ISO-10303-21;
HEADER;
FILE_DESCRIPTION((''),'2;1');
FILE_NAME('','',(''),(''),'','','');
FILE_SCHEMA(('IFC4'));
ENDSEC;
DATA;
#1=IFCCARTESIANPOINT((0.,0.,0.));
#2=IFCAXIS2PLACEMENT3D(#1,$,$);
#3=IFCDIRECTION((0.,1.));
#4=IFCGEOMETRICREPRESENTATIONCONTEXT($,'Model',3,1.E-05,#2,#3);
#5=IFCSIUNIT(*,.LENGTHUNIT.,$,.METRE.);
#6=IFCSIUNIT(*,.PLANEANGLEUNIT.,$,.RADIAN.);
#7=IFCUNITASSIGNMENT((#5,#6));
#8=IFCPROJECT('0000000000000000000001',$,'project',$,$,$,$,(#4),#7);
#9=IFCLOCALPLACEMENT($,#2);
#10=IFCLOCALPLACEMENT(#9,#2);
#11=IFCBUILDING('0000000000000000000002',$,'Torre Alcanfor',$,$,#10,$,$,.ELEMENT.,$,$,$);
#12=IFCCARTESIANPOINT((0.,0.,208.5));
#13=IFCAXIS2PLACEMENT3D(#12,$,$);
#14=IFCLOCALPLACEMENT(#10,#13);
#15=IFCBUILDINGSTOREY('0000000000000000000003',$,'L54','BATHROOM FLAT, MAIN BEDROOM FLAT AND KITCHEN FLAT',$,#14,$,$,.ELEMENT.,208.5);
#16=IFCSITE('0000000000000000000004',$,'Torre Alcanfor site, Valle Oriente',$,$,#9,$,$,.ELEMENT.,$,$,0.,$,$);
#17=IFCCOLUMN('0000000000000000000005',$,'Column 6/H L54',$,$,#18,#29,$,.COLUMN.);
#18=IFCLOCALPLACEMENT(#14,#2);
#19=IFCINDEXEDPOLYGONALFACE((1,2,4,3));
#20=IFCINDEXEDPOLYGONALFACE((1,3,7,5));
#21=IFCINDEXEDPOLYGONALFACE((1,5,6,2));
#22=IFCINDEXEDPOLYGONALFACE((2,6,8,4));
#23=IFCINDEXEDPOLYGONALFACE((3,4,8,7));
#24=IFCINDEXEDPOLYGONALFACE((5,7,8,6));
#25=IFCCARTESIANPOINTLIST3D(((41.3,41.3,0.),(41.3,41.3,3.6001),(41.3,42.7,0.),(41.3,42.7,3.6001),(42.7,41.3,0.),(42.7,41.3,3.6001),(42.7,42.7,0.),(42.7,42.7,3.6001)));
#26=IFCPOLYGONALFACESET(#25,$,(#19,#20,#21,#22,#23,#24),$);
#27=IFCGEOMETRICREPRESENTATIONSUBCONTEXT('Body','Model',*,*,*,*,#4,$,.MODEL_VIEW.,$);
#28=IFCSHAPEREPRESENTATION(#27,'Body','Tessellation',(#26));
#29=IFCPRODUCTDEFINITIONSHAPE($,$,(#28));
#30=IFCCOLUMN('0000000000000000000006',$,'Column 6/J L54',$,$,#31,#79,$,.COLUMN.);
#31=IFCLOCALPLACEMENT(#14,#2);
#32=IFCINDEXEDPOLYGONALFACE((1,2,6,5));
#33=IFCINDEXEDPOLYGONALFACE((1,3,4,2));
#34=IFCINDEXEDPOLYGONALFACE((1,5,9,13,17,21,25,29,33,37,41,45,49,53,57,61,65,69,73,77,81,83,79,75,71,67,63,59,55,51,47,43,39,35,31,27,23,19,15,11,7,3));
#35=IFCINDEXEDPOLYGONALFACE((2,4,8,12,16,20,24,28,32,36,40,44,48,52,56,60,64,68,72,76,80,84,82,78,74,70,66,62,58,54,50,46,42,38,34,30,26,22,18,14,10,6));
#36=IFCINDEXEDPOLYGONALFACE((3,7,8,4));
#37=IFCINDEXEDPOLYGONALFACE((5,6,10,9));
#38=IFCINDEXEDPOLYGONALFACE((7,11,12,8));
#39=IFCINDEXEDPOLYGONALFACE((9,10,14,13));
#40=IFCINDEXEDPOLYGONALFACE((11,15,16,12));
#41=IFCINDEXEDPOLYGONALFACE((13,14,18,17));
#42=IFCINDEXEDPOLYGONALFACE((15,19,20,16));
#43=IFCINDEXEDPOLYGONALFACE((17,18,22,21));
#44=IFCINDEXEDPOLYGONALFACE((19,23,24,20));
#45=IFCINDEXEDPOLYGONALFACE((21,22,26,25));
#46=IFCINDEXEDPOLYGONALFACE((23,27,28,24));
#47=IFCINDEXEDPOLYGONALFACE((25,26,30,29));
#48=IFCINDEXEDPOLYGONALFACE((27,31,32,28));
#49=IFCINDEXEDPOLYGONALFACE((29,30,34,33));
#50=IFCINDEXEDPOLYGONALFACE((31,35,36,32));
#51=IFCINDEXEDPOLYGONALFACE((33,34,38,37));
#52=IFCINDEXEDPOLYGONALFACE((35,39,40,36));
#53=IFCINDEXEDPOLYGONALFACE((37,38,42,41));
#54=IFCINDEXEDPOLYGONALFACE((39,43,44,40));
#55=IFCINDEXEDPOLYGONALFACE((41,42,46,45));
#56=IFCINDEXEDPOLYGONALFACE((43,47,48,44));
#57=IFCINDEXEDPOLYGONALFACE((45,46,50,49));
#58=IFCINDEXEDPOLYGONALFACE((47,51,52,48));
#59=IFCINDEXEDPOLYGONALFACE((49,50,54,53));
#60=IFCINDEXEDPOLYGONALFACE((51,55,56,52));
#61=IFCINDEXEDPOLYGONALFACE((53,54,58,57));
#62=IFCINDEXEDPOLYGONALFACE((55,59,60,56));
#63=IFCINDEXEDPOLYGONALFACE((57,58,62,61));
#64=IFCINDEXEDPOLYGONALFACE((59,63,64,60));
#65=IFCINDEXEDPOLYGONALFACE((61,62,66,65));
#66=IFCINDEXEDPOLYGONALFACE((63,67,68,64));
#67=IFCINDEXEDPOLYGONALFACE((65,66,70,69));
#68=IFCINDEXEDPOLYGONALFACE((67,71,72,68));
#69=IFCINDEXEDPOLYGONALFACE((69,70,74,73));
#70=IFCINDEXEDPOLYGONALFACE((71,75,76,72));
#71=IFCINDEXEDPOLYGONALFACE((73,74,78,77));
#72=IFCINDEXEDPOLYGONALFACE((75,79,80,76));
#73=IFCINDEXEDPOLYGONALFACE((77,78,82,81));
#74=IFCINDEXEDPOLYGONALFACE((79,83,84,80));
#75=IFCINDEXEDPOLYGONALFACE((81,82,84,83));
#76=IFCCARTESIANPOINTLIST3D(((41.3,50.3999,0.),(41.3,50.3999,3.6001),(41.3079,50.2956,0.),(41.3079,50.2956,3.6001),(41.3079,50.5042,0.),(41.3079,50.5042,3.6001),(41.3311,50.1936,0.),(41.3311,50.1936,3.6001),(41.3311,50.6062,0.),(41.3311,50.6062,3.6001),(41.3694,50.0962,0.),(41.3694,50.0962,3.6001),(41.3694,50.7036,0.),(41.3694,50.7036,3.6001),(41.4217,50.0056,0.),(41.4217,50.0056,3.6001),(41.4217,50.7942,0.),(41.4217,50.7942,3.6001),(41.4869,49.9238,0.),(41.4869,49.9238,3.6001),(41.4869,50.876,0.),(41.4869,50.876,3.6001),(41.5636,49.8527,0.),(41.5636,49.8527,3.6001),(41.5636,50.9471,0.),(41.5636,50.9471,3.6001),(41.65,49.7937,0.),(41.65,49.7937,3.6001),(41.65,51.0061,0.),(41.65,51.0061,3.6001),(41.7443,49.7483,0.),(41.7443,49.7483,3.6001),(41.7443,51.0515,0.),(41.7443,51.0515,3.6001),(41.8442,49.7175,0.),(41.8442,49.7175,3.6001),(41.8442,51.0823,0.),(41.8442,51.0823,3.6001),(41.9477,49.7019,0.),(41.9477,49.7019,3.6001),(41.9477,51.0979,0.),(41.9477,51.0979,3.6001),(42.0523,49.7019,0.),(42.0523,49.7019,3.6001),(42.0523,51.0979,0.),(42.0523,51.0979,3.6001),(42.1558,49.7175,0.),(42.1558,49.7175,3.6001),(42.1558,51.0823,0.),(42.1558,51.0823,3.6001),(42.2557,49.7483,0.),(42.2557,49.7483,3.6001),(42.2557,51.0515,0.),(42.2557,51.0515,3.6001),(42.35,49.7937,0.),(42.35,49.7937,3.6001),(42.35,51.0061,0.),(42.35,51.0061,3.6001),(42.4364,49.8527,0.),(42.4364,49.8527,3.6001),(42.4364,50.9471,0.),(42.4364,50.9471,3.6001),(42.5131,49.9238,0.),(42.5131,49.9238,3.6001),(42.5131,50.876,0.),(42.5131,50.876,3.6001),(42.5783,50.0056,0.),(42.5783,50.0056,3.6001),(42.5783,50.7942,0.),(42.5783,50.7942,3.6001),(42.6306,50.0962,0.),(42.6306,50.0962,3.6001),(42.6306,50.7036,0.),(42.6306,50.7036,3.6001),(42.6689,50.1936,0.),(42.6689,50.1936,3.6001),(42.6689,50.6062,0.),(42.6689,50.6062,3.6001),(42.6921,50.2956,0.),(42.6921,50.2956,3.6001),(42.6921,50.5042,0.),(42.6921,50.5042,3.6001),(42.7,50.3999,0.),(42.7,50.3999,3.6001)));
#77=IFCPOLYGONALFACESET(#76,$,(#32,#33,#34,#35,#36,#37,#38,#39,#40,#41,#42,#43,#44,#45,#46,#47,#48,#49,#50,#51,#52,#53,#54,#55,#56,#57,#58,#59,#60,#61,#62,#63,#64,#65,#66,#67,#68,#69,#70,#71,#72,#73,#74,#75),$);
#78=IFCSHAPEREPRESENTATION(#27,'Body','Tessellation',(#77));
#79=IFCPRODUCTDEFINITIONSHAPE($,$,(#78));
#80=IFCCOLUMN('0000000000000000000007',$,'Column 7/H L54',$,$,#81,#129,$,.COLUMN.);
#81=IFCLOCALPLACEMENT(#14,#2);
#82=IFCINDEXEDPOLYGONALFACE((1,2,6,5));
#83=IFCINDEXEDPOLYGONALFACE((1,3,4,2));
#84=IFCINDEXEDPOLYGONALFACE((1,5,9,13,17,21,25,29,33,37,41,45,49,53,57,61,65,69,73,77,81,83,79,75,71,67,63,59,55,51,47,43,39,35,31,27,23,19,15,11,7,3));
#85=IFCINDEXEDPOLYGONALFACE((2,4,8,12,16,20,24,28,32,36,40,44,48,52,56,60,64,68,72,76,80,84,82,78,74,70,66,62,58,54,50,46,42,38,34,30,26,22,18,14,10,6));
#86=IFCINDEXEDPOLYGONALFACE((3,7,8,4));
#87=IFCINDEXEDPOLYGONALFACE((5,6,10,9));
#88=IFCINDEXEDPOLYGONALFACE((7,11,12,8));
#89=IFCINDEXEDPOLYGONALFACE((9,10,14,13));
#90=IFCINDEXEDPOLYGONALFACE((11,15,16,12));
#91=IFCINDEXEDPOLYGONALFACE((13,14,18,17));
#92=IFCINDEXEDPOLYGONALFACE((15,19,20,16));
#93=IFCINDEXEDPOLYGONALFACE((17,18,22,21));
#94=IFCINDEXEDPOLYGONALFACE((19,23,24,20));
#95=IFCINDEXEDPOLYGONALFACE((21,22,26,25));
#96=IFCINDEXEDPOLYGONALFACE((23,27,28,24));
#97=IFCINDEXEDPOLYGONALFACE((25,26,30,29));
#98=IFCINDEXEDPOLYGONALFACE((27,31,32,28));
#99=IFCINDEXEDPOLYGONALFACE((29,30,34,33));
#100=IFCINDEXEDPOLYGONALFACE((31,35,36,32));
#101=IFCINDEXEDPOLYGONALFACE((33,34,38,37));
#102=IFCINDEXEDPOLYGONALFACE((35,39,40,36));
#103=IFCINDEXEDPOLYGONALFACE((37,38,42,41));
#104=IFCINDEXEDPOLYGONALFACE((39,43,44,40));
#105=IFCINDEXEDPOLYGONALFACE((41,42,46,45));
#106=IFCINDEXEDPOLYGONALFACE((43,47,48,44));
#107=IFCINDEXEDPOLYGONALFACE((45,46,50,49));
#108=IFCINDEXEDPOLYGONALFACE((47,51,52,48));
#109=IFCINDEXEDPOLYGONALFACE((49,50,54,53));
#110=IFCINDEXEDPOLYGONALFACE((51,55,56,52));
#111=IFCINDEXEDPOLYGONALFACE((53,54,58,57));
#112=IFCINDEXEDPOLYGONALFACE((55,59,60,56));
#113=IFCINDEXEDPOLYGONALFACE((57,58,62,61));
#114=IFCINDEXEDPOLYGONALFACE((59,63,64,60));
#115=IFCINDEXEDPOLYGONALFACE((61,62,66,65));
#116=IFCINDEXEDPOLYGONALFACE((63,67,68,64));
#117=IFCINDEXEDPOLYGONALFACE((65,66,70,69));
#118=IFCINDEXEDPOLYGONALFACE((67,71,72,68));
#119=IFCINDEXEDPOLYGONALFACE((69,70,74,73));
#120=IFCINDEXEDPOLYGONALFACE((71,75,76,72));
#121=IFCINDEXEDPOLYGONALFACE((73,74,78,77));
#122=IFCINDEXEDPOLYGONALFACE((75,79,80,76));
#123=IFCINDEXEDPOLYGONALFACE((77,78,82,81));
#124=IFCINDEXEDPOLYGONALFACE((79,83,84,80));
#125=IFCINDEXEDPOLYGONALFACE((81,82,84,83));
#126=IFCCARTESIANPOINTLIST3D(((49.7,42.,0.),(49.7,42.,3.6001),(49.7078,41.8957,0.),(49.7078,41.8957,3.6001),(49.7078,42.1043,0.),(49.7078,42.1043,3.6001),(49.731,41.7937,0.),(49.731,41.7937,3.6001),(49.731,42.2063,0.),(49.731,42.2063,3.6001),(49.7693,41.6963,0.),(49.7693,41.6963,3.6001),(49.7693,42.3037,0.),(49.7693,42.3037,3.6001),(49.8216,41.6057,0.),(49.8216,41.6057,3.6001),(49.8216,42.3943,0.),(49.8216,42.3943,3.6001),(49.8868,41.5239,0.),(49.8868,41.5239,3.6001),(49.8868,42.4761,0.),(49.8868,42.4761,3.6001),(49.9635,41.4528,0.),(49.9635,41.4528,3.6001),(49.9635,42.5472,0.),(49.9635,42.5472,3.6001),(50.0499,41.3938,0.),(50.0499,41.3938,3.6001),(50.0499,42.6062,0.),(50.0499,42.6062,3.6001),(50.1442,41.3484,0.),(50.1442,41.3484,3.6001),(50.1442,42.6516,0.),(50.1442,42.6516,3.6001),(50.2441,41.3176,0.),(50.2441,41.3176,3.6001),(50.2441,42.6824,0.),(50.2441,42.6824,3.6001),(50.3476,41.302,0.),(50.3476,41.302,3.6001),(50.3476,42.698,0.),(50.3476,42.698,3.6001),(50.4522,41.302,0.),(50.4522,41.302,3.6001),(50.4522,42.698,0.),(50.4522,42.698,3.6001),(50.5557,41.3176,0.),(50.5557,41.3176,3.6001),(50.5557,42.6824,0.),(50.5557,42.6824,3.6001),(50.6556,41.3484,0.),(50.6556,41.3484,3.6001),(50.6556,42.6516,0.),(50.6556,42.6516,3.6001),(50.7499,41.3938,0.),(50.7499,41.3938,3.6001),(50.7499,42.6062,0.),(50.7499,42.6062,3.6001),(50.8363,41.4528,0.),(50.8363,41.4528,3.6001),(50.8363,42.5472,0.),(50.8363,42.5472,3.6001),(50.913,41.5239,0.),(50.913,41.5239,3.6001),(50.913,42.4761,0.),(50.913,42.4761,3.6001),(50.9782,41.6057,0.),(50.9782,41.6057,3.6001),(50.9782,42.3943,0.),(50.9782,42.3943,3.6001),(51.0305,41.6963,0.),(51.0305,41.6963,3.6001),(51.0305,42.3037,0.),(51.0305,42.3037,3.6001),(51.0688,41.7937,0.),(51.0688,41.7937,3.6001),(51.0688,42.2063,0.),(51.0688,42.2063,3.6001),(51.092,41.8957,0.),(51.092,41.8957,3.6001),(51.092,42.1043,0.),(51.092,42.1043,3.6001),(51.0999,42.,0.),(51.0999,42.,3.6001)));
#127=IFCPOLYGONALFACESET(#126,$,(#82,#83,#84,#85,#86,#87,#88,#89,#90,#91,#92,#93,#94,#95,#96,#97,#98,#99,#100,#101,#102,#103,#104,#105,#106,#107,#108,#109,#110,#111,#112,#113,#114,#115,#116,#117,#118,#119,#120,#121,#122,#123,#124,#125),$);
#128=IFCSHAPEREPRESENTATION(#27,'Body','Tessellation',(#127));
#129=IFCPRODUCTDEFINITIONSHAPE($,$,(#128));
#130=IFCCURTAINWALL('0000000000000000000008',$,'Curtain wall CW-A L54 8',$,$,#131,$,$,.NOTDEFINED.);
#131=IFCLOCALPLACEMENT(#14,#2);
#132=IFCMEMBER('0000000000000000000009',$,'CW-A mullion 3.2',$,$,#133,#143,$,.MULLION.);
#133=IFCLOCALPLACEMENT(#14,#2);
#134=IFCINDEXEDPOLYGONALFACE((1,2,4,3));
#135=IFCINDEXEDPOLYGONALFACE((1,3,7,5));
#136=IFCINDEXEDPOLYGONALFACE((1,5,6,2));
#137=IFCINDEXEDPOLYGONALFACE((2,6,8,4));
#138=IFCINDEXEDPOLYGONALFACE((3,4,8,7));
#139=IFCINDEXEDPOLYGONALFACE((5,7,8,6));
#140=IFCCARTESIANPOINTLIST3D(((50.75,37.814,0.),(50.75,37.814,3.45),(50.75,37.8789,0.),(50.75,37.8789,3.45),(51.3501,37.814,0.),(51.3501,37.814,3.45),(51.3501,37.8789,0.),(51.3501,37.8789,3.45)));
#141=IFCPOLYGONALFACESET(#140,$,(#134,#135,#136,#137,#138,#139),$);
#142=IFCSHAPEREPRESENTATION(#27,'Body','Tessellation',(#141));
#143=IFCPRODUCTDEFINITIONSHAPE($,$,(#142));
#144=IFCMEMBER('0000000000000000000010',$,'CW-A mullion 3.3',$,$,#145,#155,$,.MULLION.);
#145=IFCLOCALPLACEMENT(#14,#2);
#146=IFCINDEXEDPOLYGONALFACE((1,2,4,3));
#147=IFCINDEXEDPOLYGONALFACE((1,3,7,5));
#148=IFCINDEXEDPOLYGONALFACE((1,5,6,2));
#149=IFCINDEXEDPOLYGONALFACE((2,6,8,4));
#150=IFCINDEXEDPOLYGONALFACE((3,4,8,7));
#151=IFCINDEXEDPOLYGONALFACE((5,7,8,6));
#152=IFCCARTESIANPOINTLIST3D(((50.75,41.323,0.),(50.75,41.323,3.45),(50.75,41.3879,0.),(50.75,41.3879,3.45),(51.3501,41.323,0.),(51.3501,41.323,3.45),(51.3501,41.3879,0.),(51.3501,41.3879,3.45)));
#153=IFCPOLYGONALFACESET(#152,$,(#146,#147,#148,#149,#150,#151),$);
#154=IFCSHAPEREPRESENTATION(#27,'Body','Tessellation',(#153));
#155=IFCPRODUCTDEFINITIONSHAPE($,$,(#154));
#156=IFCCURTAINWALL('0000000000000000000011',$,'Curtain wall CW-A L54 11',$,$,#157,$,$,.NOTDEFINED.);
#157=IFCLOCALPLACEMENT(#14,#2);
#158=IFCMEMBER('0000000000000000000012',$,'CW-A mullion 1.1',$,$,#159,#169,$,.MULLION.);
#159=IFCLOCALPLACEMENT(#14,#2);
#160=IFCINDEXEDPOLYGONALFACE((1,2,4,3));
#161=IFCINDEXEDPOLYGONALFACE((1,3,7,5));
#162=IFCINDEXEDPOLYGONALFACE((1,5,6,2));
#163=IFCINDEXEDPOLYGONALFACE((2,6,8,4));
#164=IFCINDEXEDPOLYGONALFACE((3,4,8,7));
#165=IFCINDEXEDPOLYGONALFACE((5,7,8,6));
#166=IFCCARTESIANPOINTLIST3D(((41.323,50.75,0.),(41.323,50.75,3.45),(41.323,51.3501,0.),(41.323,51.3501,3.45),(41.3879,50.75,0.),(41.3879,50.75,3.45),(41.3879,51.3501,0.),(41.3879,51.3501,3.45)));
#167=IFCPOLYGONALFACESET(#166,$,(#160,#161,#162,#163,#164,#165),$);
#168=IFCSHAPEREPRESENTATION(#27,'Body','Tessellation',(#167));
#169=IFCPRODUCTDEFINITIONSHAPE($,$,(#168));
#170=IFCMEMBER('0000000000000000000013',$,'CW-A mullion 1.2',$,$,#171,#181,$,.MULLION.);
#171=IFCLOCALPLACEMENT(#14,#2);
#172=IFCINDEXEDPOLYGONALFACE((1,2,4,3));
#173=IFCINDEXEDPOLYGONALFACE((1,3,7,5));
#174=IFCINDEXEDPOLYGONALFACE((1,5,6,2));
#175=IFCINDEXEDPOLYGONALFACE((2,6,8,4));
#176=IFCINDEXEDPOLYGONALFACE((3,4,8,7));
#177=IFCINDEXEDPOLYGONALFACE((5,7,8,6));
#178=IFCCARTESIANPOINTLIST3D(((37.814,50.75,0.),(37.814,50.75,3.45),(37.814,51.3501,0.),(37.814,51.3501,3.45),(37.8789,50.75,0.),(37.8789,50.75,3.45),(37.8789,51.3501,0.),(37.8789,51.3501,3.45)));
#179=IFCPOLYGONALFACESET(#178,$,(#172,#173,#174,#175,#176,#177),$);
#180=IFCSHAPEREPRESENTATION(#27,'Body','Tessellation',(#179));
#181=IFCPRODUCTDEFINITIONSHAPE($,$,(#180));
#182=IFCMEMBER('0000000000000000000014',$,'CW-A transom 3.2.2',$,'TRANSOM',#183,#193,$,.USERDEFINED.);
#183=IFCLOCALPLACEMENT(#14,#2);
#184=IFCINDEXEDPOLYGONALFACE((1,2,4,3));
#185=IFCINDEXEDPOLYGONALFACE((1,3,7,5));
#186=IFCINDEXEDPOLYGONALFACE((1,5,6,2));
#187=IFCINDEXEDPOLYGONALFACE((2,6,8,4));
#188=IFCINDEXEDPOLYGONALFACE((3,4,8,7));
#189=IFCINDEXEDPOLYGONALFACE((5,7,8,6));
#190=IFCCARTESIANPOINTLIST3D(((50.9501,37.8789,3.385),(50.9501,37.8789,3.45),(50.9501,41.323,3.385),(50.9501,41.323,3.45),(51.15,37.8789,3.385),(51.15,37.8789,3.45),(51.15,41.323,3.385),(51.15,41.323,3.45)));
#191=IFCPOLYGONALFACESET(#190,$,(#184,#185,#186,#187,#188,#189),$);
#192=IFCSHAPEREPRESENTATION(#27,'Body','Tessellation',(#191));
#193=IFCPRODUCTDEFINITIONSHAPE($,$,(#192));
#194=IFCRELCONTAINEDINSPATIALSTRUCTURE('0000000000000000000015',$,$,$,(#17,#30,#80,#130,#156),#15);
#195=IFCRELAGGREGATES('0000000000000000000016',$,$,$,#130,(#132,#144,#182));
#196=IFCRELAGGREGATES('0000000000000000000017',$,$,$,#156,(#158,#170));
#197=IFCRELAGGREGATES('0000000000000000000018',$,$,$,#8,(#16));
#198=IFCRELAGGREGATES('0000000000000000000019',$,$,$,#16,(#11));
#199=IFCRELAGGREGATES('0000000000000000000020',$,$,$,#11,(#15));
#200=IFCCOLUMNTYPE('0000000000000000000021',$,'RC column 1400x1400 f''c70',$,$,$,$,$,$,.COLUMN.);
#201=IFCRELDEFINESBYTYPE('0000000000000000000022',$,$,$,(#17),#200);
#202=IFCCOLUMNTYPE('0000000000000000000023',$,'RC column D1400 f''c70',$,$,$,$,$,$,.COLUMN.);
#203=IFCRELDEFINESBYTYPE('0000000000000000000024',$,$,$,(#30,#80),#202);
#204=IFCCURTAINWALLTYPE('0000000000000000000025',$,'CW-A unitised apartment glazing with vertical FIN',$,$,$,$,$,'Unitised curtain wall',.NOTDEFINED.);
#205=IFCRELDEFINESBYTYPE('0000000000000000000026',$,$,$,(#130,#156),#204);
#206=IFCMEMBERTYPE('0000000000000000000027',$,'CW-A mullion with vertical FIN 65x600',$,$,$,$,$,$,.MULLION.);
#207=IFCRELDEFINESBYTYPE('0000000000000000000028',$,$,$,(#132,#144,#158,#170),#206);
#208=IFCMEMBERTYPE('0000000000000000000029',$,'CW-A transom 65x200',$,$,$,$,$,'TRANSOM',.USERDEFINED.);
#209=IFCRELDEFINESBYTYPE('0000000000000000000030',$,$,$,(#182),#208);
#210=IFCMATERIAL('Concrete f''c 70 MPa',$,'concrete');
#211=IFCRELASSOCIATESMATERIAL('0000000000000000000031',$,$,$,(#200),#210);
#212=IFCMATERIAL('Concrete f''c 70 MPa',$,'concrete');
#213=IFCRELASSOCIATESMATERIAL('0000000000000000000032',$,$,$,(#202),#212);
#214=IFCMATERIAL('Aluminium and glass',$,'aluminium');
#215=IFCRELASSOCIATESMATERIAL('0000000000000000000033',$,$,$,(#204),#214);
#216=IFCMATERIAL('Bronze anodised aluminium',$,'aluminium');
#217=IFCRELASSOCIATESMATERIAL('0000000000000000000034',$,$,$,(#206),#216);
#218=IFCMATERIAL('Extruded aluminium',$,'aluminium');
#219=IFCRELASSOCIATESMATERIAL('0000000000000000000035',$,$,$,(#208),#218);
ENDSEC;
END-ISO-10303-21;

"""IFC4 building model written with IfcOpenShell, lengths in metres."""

from ifc_helpers import new_model, si_unit, direction, frame, origin, origin_2d, place, context, subcontext, project, spatial, rectangle, circle, extrude, material, material_profile, profile_set, type_object, element, aggregate, save


model = new_model("IFC4")

# Units and contexts
model_context = context("Model", 3, precision=1e-05, world=origin(), true_north=direction((0.0, 1.0)))
body_context = subcontext(model_context, "Body", "Model", "MODEL_VIEW")
ifc_project = project(units=[si_unit("LENGTHUNIT", "METRE"), si_unit("PLANEANGLEUNIT", "RADIAN")], contexts=[model_context])

# Site, building, storey
site_placement = place(None, origin())
site = spatial("IfcSite", under=ifc_project, at=site_placement, Name="Torre Alcanfor site, Valle Oriente", CompositionType="ELEMENT", RefElevation=0.0)
building_placement = place(site_placement, origin())
building = spatial("IfcBuilding", under=site, at=building_placement, Name="Torre Alcanfor", CompositionType="ELEMENT")
storey_placement = place(building_placement, frame((0.0, 0.0, 208.5)))
storey = spatial("IfcBuildingStorey", under=building, at=storey_placement, Name="L54", Description="BATHROOM FLAT, MAIN BEDROOM FLAT AND KITCHEN FLAT", CompositionType="ELEMENT", Elevation=208.5)

# Columns
ifc_material_1 = material(Name="Concrete f'c 70 MPa", Category="concrete")
ifc_material_profile_1 = material_profile(ifc_material_1, rectangle(XDim=1.3999, YDim=1.3999, at=origin_2d()), Name="1400x1400")
ifc_profile_set_1 = profile_set([ifc_material_profile_1], Name="Concrete f'c 70 MPa")
column_type_1 = type_object("IfcColumnType", Name="RC column 1400x1400 f'c70", PredefinedType="COLUMN", material=ifc_profile_set_1)
column_placement = place(storey_placement, frame((42.0, 42.0, 0.0), z_axis=(0.0, 0.0, 1.0), x_axis=(1.0, 0.0, 0.0)))
element("IfcColumn", 1, at=column_placement, inside=storey, type_object=column_type_1, Name="Column 6/H L54", PredefinedType="COLUMN", context=body_context, shape_type="SweptSolid", body=[
    extrude(rectangle(XDim=1.3999, YDim=1.3999, at=origin_2d()), origin(), (0.0, 0.0, 1.0), 3.6001),
])
ifc_material_2 = material(Name="Concrete f'c 70 MPa", Category="concrete")
ifc_material_profile_2 = material_profile(ifc_material_2, circle(Radius=0.7, at=origin_2d()), Name="D1400")
ifc_profile_set_2 = profile_set([ifc_material_profile_2], Name="Concrete f'c 70 MPa")
column_type_2 = type_object("IfcColumnType", Name="RC column D1400 f'c70", PredefinedType="COLUMN", material=ifc_profile_set_2)
for number, where, z_axis, x_axis, name in (
    (2, (42.0, 50.3999, 0.0), (0.0, 0.0, 1.0), (1.0, 0.0, 0.0), "Column 6/J L54"),
    (3, (50.3999, 42.0, 0.0), (0.0, 0.0, 1.0), (1.0, 0.0, 0.0), "Column 7/H L54"),
):
    element("IfcColumn", number, at=place(storey_placement, frame(where, z_axis=z_axis, x_axis=x_axis)), inside=storey, type_object=column_type_2, Name=name, PredefinedType="COLUMN", context=body_context, shape_type="SweptSolid", body=[
        extrude(circle(Radius=0.7, at=origin_2d()), origin(), (0.0, 0.0, 1.0), 3.6001),
    ])

# Curtain walls, members
ifc_material_3 = material(Name="Aluminium and glass", Category="aluminium")
curtain_wall_type = type_object("IfcCurtainWallType", Name="CW-A unitised apartment glazing with vertical FIN", ElementType="Unitised curtain wall", PredefinedType="NOTDEFINED", material=ifc_material_3)
curtain_wall_1_placement = place(storey_placement, origin())
curtain_wall_1 = element("IfcCurtainWall", 4, at=curtain_wall_1_placement, inside=storey, type_object=curtain_wall_type, Name="Curtain wall CW-A L54 8", PredefinedType="NOTDEFINED")
ifc_material_4 = material(Name="Bronze anodised aluminium", Category="aluminium")
ifc_material_profile_3 = material_profile(ifc_material_4, rectangle(XDim=0.6001, YDim=0.0649, at=origin_2d()), Name="CW-A mullion 65x600")
ifc_profile_set_3 = profile_set([ifc_material_profile_3], Name="Bronze anodised aluminium")
member_type_1 = type_object("IfcMemberType", Name="CW-A mullion with vertical FIN 65x600", PredefinedType="MULLION", material=ifc_profile_set_3)
member_1_placement = place(storey_placement, frame((51.05, 37.8464, 0.0), z_axis=(0.0, 0.0, 1.0), x_axis=(-1.0, 0.0, 0.0)))
member_1 = element("IfcMember", 5, at=member_1_placement, type_object=member_type_1, Name="CW-A mullion 3.2", PredefinedType="MULLION", context=body_context, shape_type="SweptSolid", body=[
    extrude(rectangle(XDim=0.6001, YDim=0.0649, at=origin_2d()), origin(), (0.0, 0.0, 1.0), 3.45),
])
member_2_placement = place(storey_placement, frame((51.05, 41.3555, 0.0), z_axis=(0.0, 0.0, 1.0), x_axis=(-1.0, 0.0, 0.0)))
member_2 = element("IfcMember", 6, at=member_2_placement, type_object=member_type_1, Name="CW-A mullion 3.3", PredefinedType="MULLION", context=body_context, shape_type="SweptSolid", body=[
    extrude(rectangle(XDim=0.6001, YDim=0.0649, at=origin_2d()), origin(), (0.0, 0.0, 1.0), 3.45),
])
curtain_wall_2_placement = place(storey_placement, origin())
curtain_wall_2 = element("IfcCurtainWall", 7, at=curtain_wall_2_placement, inside=storey, type_object=curtain_wall_type, Name="Curtain wall CW-A L54 11", PredefinedType="NOTDEFINED")
member_3_placement = place(storey_placement, frame((41.3555, 51.05, 0.0), z_axis=(0.0, 0.0, 1.0), x_axis=(0.0, -1.0, 0.0)))
member_3 = element("IfcMember", 8, at=member_3_placement, type_object=member_type_1, Name="CW-A mullion 1.1", PredefinedType="MULLION", context=body_context, shape_type="SweptSolid", body=[
    extrude(rectangle(XDim=0.6001, YDim=0.0649, at=origin_2d()), origin(), (0.0, 0.0, 1.0), 3.45),
])
member_4_placement = place(storey_placement, frame((37.8464, 51.05, 0.0), z_axis=(0.0, 0.0, 1.0), x_axis=(0.0, -1.0, 0.0)))
member_4 = element("IfcMember", 9, at=member_4_placement, type_object=member_type_1, Name="CW-A mullion 1.2", PredefinedType="MULLION", context=body_context, shape_type="SweptSolid", body=[
    extrude(rectangle(XDim=0.6001, YDim=0.0649, at=origin_2d()), origin(), (0.0, 0.0, 1.0), 3.45),
])

# Member
ifc_material_5 = material(Name="Extruded aluminium", Category="aluminium")
ifc_material_profile_4 = material_profile(ifc_material_5, rectangle(XDim=0.2, YDim=0.0649, at=origin_2d()), Name="CW-A transom 200x65")
ifc_profile_set_4 = profile_set([ifc_material_profile_4], Name="Extruded aluminium")
member_type_2 = type_object("IfcMemberType", Name="CW-A transom 65x200", ElementType="TRANSOM", PredefinedType="USERDEFINED", material=ifc_profile_set_4)
member_5_placement = place(storey_placement, frame((51.05, 37.8789, 3.4175), z_axis=(0.0, 1.0, 0.0), x_axis=(-1.0, 0.0, 0.0)))
member_5 = element("IfcMember", 10, at=member_5_placement, type_object=member_type_2, Name="CW-A transom 3.2.2", ObjectType="TRANSOM", PredefinedType="USERDEFINED", context=body_context, shape_type="SweptSolid", body=[
    extrude(rectangle(XDim=0.2, YDim=0.0649, at=origin_2d()), origin(), (0.0, 0.0, 1.0), 3.4441),
])

aggregate(curtain_wall_1, [member_1, member_2, member_5])
aggregate(curtain_wall_2, [member_3, member_4])

save(model, "model.ifc")
